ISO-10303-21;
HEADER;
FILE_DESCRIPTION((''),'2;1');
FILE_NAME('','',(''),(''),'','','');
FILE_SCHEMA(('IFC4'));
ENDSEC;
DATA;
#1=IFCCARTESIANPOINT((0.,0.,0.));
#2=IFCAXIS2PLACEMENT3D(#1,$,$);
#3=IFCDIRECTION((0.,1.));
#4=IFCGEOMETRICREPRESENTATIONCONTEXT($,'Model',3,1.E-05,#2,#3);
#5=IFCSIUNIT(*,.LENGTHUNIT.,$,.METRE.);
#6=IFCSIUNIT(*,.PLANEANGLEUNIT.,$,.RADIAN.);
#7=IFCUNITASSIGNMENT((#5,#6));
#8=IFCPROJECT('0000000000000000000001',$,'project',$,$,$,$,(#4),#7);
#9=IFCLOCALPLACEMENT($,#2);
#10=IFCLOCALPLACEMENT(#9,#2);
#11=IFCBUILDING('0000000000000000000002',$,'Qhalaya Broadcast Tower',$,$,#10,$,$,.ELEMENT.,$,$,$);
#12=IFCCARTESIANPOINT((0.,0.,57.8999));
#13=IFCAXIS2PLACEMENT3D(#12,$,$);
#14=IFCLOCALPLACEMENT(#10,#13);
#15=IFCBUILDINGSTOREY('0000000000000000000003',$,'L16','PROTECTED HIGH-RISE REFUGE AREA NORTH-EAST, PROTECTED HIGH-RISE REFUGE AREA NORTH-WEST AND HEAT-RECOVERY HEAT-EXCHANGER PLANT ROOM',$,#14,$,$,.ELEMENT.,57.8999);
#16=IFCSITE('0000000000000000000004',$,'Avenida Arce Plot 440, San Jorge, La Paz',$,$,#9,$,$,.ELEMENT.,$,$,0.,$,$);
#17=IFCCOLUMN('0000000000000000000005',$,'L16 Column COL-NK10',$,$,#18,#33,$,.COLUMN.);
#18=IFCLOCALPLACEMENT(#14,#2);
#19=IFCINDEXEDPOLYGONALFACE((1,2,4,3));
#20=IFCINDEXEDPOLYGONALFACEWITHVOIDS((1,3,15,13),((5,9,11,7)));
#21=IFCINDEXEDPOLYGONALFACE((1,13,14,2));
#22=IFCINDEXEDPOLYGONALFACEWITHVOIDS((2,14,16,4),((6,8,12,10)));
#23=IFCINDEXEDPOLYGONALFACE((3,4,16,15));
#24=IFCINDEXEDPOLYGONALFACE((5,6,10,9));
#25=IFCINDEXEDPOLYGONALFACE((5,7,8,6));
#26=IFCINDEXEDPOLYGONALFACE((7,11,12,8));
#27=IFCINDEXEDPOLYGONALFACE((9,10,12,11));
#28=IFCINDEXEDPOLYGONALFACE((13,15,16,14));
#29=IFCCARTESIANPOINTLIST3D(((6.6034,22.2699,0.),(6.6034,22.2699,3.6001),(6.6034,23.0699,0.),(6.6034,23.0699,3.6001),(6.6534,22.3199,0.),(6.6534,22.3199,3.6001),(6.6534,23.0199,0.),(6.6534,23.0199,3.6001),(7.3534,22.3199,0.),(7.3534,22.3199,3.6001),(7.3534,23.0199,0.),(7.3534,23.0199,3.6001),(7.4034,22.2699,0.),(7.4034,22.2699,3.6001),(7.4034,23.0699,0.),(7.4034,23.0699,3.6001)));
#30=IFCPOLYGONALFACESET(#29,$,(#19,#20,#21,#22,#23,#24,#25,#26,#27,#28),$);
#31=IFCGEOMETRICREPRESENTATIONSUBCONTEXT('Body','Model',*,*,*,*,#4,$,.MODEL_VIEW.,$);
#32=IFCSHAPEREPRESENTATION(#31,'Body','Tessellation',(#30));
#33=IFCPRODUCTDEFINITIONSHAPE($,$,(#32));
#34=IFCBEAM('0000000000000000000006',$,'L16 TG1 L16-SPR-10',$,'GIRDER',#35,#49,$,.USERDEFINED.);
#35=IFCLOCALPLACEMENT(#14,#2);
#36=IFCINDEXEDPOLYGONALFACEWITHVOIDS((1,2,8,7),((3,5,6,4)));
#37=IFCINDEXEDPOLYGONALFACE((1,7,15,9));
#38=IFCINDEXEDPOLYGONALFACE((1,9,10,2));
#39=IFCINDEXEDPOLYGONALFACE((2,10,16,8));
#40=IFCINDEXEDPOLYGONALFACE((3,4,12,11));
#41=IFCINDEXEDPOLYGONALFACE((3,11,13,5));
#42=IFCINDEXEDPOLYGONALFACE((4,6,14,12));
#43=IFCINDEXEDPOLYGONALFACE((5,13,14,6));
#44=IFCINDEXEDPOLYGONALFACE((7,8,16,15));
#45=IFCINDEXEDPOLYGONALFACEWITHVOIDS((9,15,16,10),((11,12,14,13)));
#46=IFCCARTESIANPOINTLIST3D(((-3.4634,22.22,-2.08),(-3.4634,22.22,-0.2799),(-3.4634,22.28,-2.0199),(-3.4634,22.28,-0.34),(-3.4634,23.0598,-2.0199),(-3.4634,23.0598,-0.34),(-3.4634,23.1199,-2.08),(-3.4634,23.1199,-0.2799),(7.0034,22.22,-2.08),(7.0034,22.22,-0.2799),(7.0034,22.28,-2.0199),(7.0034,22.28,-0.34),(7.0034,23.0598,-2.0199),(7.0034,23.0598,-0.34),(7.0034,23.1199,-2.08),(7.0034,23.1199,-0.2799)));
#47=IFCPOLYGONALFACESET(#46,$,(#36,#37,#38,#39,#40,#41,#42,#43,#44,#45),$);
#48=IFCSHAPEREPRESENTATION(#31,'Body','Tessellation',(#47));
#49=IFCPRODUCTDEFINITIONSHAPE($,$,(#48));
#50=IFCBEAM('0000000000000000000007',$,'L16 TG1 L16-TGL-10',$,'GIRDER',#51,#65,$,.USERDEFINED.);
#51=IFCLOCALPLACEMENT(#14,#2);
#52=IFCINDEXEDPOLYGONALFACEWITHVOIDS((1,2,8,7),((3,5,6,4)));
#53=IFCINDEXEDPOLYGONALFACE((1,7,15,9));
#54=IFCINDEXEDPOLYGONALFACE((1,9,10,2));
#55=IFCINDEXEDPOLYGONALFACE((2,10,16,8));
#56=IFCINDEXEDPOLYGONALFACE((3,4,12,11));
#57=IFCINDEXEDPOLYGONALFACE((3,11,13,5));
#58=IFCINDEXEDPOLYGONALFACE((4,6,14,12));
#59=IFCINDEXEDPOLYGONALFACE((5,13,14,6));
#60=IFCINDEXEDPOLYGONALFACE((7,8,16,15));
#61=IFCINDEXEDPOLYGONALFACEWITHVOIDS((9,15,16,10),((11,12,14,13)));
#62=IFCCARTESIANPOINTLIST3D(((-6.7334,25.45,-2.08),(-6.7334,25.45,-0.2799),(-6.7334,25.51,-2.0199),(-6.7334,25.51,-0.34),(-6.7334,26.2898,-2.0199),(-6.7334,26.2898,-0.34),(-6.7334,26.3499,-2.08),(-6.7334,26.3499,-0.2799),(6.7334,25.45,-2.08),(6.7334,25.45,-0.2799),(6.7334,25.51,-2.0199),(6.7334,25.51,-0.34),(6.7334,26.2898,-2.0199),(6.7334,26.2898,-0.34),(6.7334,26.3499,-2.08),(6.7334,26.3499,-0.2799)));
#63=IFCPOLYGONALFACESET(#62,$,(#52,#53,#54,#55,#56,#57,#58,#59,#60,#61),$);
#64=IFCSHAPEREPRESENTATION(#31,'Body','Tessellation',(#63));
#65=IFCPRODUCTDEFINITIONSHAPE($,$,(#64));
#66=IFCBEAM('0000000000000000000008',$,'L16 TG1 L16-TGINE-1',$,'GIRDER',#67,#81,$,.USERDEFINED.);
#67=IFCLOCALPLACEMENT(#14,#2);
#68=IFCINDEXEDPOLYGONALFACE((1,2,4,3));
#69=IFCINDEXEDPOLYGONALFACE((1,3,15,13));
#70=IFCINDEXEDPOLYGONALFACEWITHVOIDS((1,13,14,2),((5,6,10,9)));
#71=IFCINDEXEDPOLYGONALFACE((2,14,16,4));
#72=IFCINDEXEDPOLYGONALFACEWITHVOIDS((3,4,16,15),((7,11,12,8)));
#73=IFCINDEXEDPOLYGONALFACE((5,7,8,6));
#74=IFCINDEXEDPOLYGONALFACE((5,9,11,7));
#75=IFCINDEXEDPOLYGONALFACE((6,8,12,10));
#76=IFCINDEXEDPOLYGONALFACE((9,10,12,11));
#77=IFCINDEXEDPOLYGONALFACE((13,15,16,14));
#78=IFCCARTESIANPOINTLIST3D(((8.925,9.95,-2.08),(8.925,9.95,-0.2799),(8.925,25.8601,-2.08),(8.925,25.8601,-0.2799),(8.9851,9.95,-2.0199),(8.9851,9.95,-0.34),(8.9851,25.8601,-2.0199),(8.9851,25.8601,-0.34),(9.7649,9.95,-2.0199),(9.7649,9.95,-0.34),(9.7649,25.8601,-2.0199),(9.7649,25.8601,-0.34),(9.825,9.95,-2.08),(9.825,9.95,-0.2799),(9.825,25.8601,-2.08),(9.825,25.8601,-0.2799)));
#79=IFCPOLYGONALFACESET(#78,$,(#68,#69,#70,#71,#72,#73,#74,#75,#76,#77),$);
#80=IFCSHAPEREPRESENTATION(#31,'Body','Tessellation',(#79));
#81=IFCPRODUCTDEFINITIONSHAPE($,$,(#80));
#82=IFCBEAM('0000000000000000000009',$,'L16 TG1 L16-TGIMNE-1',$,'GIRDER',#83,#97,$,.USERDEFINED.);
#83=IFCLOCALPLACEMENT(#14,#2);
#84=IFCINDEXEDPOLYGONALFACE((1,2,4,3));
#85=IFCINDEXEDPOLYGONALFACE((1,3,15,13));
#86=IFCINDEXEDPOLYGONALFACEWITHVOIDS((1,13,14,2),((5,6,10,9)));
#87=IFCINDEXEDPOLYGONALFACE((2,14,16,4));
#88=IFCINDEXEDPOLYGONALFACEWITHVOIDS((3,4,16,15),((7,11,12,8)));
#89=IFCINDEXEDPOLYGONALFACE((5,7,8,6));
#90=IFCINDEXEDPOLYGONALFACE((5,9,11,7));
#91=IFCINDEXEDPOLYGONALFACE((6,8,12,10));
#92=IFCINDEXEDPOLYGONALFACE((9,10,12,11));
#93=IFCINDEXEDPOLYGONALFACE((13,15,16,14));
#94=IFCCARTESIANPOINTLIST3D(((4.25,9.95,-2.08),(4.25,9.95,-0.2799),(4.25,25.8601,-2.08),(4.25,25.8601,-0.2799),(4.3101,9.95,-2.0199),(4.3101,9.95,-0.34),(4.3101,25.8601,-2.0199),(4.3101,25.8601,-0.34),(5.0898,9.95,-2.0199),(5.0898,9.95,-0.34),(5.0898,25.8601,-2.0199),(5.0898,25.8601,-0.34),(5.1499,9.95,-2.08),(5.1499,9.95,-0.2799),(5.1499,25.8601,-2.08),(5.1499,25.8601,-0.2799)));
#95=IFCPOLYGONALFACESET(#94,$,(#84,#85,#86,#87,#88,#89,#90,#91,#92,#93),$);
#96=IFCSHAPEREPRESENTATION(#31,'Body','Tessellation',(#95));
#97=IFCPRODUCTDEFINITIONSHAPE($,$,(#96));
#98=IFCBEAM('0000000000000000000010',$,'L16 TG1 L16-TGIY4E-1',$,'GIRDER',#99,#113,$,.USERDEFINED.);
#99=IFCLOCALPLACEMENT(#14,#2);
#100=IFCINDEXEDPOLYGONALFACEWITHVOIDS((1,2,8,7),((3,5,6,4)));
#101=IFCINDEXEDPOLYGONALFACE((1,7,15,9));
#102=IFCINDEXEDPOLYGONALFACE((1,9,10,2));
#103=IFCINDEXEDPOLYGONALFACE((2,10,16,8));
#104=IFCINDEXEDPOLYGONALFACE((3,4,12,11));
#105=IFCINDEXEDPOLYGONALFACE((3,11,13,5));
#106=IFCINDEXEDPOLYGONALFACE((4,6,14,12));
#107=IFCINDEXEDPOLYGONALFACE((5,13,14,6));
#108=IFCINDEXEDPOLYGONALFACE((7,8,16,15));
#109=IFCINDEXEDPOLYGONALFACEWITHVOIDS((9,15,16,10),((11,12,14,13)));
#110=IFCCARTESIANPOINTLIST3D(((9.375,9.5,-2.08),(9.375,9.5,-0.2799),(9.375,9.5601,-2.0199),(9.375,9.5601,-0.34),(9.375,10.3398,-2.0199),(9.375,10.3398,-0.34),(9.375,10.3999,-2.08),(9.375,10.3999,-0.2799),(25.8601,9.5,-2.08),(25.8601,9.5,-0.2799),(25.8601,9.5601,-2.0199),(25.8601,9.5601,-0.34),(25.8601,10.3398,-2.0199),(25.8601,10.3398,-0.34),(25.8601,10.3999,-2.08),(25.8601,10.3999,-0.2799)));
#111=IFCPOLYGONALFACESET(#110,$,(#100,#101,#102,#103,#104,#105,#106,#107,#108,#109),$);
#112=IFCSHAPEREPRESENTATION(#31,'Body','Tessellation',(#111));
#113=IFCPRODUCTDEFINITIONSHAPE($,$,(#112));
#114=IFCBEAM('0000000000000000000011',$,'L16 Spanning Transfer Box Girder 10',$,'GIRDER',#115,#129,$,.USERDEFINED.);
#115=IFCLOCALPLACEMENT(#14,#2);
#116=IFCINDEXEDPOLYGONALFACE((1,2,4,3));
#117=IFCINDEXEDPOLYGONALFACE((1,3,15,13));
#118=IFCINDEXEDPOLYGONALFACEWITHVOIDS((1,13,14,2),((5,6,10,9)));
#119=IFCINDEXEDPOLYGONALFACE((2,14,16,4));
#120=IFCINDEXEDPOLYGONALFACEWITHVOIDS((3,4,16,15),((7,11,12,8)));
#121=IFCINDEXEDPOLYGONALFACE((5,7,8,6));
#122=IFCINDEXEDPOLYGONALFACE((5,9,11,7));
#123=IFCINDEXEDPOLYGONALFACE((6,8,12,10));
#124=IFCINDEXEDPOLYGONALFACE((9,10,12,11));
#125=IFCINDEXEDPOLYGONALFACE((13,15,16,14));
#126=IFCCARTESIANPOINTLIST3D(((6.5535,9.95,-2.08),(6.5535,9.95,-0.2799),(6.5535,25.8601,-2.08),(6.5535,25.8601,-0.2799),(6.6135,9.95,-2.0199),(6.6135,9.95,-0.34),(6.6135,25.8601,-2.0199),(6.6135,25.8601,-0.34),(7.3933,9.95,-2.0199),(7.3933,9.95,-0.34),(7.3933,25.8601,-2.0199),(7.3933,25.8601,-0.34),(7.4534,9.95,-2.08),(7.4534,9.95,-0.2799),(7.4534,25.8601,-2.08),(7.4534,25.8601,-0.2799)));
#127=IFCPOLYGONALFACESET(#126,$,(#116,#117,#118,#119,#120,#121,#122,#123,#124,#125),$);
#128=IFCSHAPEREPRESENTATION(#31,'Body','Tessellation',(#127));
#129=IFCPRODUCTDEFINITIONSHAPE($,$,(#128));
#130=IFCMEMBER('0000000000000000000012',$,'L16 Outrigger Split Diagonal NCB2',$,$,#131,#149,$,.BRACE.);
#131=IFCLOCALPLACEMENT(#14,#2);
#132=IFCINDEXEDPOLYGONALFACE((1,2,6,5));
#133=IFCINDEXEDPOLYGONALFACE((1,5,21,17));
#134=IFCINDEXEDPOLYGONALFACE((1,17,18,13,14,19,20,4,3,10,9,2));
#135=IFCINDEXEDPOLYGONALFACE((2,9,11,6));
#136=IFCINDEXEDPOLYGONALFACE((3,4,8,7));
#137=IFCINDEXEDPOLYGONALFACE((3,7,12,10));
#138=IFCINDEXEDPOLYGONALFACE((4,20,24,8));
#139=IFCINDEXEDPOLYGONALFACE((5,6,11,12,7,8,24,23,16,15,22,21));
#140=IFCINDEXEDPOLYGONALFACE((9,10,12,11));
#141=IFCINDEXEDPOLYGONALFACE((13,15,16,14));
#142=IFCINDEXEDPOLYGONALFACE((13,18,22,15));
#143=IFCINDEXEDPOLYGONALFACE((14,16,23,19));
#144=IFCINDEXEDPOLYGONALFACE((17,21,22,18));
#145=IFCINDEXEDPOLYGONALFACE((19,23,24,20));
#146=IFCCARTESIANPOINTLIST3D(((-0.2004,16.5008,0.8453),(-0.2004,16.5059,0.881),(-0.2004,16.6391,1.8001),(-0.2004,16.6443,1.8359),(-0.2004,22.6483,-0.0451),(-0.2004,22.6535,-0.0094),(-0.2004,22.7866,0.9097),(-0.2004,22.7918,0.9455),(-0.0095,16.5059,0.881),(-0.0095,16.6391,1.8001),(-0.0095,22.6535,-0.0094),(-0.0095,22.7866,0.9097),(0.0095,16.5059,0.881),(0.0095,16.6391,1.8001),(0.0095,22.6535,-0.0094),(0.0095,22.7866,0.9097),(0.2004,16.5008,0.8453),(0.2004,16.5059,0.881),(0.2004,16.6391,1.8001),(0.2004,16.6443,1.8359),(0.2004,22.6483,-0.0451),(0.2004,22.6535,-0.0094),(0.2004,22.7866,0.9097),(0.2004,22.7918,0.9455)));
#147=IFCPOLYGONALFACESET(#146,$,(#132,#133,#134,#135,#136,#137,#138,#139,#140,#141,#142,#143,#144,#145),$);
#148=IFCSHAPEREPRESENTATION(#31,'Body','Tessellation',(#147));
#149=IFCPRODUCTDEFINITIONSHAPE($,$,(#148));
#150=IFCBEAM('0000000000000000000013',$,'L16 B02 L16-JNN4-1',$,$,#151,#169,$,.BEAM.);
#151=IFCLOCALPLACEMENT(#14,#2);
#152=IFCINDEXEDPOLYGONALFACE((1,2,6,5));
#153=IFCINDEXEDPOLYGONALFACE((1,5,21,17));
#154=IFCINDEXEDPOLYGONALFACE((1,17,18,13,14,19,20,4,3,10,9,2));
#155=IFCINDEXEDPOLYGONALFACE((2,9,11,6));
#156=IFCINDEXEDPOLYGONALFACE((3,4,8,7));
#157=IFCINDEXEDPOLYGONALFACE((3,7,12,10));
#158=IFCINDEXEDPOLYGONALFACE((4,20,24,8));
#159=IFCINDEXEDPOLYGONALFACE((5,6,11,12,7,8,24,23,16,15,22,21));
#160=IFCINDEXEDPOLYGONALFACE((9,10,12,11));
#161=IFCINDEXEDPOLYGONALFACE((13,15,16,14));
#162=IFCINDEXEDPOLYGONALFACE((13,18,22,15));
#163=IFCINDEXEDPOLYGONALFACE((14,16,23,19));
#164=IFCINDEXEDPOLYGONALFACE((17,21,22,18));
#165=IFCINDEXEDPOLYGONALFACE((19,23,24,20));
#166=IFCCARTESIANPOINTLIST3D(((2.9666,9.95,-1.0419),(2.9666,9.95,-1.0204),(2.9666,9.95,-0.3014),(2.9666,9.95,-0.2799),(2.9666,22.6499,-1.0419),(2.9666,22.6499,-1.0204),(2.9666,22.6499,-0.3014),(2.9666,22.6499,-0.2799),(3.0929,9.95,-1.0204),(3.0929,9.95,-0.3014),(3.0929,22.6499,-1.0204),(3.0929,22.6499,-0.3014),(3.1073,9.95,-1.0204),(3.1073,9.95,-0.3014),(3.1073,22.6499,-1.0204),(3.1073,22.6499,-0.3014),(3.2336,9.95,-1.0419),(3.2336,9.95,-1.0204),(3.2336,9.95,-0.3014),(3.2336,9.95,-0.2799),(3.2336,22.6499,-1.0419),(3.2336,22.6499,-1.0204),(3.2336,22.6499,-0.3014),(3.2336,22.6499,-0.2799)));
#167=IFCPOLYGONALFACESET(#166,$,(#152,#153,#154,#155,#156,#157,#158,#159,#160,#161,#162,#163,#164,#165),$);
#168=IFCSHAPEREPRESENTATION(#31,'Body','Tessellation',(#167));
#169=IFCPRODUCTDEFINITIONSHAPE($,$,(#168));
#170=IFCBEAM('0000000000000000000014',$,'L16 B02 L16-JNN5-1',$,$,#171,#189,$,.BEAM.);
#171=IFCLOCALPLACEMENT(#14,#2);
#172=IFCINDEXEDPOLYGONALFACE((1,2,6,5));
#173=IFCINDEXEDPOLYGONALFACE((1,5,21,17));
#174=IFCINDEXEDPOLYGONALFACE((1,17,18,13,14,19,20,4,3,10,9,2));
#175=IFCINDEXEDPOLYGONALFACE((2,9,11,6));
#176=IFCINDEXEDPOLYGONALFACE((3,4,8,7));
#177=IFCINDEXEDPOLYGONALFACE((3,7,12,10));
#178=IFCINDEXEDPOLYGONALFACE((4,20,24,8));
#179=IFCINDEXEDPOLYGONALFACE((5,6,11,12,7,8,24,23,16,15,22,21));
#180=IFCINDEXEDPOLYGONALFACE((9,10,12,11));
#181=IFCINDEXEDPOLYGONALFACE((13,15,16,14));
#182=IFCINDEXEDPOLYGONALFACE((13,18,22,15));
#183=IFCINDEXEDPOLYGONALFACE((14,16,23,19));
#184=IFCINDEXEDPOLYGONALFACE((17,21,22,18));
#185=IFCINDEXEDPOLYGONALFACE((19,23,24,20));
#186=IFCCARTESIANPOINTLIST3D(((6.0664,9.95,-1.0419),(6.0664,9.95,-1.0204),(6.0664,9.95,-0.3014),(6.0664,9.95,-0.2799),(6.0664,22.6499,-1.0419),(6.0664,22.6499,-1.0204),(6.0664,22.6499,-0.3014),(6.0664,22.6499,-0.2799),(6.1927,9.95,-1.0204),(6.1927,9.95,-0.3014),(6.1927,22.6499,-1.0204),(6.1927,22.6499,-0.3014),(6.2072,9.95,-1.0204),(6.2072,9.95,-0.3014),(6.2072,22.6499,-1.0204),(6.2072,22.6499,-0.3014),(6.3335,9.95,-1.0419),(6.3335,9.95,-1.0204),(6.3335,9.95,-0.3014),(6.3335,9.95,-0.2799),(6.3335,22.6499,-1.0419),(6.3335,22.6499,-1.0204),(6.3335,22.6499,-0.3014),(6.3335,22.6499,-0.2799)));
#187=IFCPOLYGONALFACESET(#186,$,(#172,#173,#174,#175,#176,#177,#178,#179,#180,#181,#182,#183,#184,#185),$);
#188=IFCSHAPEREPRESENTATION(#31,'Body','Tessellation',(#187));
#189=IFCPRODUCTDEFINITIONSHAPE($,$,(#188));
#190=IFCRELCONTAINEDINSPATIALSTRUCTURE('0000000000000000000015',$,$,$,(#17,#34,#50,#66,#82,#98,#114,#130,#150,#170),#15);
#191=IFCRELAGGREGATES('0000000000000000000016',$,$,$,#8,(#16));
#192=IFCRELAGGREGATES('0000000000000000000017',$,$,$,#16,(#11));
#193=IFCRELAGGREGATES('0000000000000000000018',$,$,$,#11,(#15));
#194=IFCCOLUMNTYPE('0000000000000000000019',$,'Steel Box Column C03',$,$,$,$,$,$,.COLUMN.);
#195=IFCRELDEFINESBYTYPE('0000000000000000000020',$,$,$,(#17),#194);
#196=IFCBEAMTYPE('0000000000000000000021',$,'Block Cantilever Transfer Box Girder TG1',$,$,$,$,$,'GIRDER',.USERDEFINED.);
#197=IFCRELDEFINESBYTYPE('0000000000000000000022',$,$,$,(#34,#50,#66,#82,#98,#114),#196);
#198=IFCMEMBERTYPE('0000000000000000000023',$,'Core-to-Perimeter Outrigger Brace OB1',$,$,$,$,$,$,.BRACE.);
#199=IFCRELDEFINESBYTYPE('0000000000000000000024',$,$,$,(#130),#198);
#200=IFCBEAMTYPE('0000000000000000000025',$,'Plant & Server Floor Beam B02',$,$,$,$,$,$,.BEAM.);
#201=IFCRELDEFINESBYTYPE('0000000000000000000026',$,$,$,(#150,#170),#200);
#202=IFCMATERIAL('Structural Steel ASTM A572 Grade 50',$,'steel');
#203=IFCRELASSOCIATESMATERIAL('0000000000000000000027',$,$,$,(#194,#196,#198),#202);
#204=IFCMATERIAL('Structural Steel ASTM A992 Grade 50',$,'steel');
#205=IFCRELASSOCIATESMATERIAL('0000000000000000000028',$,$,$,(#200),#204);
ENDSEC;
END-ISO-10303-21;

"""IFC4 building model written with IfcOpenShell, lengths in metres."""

from ifc_helpers import new_model, si_unit, direction, frame, origin, origin_2d, place, context, subcontext, project, spatial, hollow_rectangle, i_section, extrude, material, material_profile, profile_set, type_object, element, save


model = new_model("IFC4")

# Units and contexts
model_context = context("Model", 3, precision=1e-05, world=origin(), true_north=direction((0.0, 1.0)))
body_context = subcontext(model_context, "Body", "Model", "MODEL_VIEW")
ifc_project = project(units=[si_unit("LENGTHUNIT", "METRE"), si_unit("PLANEANGLEUNIT", "RADIAN")], contexts=[model_context])

# Site, building, storey
site_placement = place(None, origin())
site = spatial("IfcSite", under=ifc_project, at=site_placement, Name="Avenida Arce Plot 440, San Jorge, La Paz", CompositionType="ELEMENT", RefElevation=0.0)
building_placement = place(site_placement, origin())
building = spatial("IfcBuilding", under=site, at=building_placement, Name="Qhalaya Broadcast Tower", CompositionType="ELEMENT")
storey_placement = place(building_placement, frame((0.0, 0.0, 57.8999)))
storey = spatial("IfcBuildingStorey", under=building, at=storey_placement, Name="L16", Description="PROTECTED HIGH-RISE REFUGE AREA NORTH-EAST, PROTECTED HIGH-RISE REFUGE AREA NORTH-WEST AND HEAT-RECOVERY HEAT-EXCHANGER PLANT ROOM", CompositionType="ELEMENT", Elevation=57.8999)

# Column
ifc_material_1 = material(Name="Structural Steel ASTM A572 Grade 50", Category="steel")
ifc_material_profile_1 = material_profile(ifc_material_1, hollow_rectangle(XDim=0.8, YDim=0.8, WallThickness=0.05, at=origin_2d()), Name="BOX 800x800x50")
ifc_profile_set_1 = profile_set([ifc_material_profile_1], Name="Structural Steel ASTM A572 Grade 50")
column_type = type_object("IfcColumnType", Name="Steel Box Column C03", PredefinedType="COLUMN", material=ifc_profile_set_1)
column_placement = place(storey_placement, frame((7.0034, 22.6699, 0.0), z_axis=(0.0, 0.0, 1.0), x_axis=(1.0, 0.0, 0.0)))
element("IfcColumn", 1, at=column_placement, inside=storey, type_object=column_type, Name="L16 Column COL-NK10", PredefinedType="COLUMN", context=body_context, shape_type="SweptSolid", body=[
    extrude(hollow_rectangle(XDim=0.8, YDim=0.8, WallThickness=0.05, at=origin_2d()), origin(), (0.0, 0.0, 1.0), 3.6001),
])

# Beams
ifc_material_profile_2 = material_profile(ifc_material_1, hollow_rectangle(XDim=0.8999, YDim=1.8, WallThickness=0.0601, at=origin_2d()), Name="BOX 900x1800x60")
ifc_profile_set_2 = profile_set([ifc_material_profile_2], Name="Structural Steel ASTM A572 Grade 50")
beam_type_1 = type_object("IfcBeamType", Name="Block Cantilever Transfer Box Girder TG1", ElementType="GIRDER", PredefinedType="USERDEFINED", material=ifc_profile_set_2)
beam_1_placement = place(storey_placement, frame((7.0034, 22.6699, -1.1799), z_axis=(-1.0, 0.0, 0.0), x_axis=(0.0, -1.0, 0.0)))
element("IfcBeam", 2, at=beam_1_placement, inside=storey, type_object=beam_type_1, Name="L16 TG1 L16-SPR-10", ObjectType="GIRDER", PredefinedType="USERDEFINED", context=body_context, shape_type="SweptSolid", body=[
    extrude(hollow_rectangle(XDim=0.8999, YDim=1.8, WallThickness=0.0601, at=origin_2d()), origin(), (0.0, 0.0, 1.0), 10.4668),
])
beam_2_placement = place(storey_placement, frame((6.7334, 25.8999, -1.1799), z_axis=(-1.0, 0.0, 0.0), x_axis=(0.0, -1.0, 0.0)))
element("IfcBeam", 3, at=beam_2_placement, inside=storey, type_object=beam_type_1, Name="L16 TG1 L16-TGL-10", ObjectType="GIRDER", PredefinedType="USERDEFINED", context=body_context, shape_type="SweptSolid", body=[
    extrude(hollow_rectangle(XDim=0.8999, YDim=1.8, WallThickness=0.0601, at=origin_2d()), origin(), (0.0, 0.0, 1.0), 13.4668),
])
for number, where, z_axis, x_axis, name in (
    (4, (9.375, 9.95, -1.1799), (0.0, 1.0, 0.0), (-1.0, 0.0, 0.0), "L16 TG1 L16-TGINE-1"),
    (5, (4.7, 9.95, -1.1799), (0.0, 1.0, 0.0), (-1.0, 0.0, 0.0), "L16 TG1 L16-TGIMNE-1"),
):
    element("IfcBeam", number, at=place(storey_placement, frame(where, z_axis=z_axis, x_axis=x_axis)), inside=storey, type_object=beam_type_1, Name=name, ObjectType="GIRDER", PredefinedType="USERDEFINED", context=body_context, shape_type="SweptSolid", body=[
        extrude(hollow_rectangle(XDim=0.8999, YDim=1.8, WallThickness=0.0601, at=origin_2d()), origin(), (0.0, 0.0, 1.0), 15.9102),
    ])
beam_3_placement = place(storey_placement, frame((9.375, 9.95, -1.1799), z_axis=(1.0, 0.0, 0.0), x_axis=(0.0, 1.0, 0.0)))
element("IfcBeam", 6, at=beam_3_placement, inside=storey, type_object=beam_type_1, Name="L16 TG1 L16-TGIY4E-1", ObjectType="GIRDER", PredefinedType="USERDEFINED", context=body_context, shape_type="SweptSolid", body=[
    extrude(hollow_rectangle(XDim=0.8999, YDim=1.8, WallThickness=0.0601, at=origin_2d()), origin(), (0.0, 0.0, 1.0), 16.4851),
])
beam_4_placement = place(storey_placement, frame((7.0034, 9.95, -1.1799), z_axis=(0.0, 1.0, 0.0), x_axis=(-1.0, 0.0, 0.0)))
element("IfcBeam", 7, at=beam_4_placement, inside=storey, type_object=beam_type_1, Name="L16 Spanning Transfer Box Girder 10", ObjectType="GIRDER", PredefinedType="USERDEFINED", context=body_context, shape_type="SweptSolid", body=[
    extrude(hollow_rectangle(XDim=0.8999, YDim=1.8, WallThickness=0.0601, at=origin_2d()), origin(), (0.0, 0.0, 1.0), 15.9102),
])

# Member
ifc_material_profile_3 = material_profile(ifc_material_1, i_section(OverallWidth=0.4009, OverallDepth=1.001, WebThickness=0.019, FlangeThickness=0.0361, at=origin_2d()), Name="W40X249")
ifc_profile_set_3 = profile_set([ifc_material_profile_3], Name="Structural Steel ASTM A572 Grade 50")
member_type = type_object("IfcMemberType", Name="Core-to-Perimeter Outrigger Brace OB1", PredefinedType="BRACE", material=ifc_profile_set_3)
member_placement = place(storey_placement, frame((0.0, 16.5725, 1.3406), z_axis=(0.0, 0.989673, -0.143341), x_axis=(-1.0, 0.0, 0.0)))
element("IfcMember", 8, at=member_placement, inside=storey, type_object=member_type, Name="L16 Outrigger Split Diagonal NCB2", PredefinedType="BRACE", context=body_context, shape_type="SweptSolid", body=[
    extrude(i_section(OverallWidth=0.4009, OverallDepth=1.001, WebThickness=0.019, FlangeThickness=0.0361, at=origin_2d()), origin(), (0.0, 0.0, 1.0), 6.2117),
])

# Beams
ifc_material_2 = material(Name="Structural Steel ASTM A992 Grade 50", Category="steel")
ifc_material_profile_4 = material_profile(ifc_material_2, i_section(OverallWidth=0.2671, OverallDepth=0.762, WebThickness=0.0144, FlangeThickness=0.0215, at=origin_2d()), Name="W30X116")
ifc_profile_set_4 = profile_set([ifc_material_profile_4], Name="Structural Steel ASTM A992 Grade 50")
beam_type_2 = type_object("IfcBeamType", Name="Plant & Server Floor Beam B02", PredefinedType="BEAM", material=ifc_profile_set_4)
for number, where, z_axis, x_axis, name in (
    (9, (3.1001, 9.95, -0.6609), (0.0, 1.0, 0.0), (-1.0, 0.0, 0.0), "L16 B02 L16-JNN4-1"),
    (10, (6.2, 9.95, -0.6609), (0.0, 1.0, 0.0), (-1.0, 0.0, 0.0), "L16 B02 L16-JNN5-1"),
):
    element("IfcBeam", number, at=place(storey_placement, frame(where, z_axis=z_axis, x_axis=x_axis)), inside=storey, type_object=beam_type_2, Name=name, PredefinedType="BEAM", context=body_context, shape_type="SweptSolid", body=[
        extrude(i_section(OverallWidth=0.2671, OverallDepth=0.762, WebThickness=0.0144, FlangeThickness=0.0215, at=origin_2d()), origin(), (0.0, 0.0, 1.0), 12.7),
    ])

save(model, "model.ifc")
